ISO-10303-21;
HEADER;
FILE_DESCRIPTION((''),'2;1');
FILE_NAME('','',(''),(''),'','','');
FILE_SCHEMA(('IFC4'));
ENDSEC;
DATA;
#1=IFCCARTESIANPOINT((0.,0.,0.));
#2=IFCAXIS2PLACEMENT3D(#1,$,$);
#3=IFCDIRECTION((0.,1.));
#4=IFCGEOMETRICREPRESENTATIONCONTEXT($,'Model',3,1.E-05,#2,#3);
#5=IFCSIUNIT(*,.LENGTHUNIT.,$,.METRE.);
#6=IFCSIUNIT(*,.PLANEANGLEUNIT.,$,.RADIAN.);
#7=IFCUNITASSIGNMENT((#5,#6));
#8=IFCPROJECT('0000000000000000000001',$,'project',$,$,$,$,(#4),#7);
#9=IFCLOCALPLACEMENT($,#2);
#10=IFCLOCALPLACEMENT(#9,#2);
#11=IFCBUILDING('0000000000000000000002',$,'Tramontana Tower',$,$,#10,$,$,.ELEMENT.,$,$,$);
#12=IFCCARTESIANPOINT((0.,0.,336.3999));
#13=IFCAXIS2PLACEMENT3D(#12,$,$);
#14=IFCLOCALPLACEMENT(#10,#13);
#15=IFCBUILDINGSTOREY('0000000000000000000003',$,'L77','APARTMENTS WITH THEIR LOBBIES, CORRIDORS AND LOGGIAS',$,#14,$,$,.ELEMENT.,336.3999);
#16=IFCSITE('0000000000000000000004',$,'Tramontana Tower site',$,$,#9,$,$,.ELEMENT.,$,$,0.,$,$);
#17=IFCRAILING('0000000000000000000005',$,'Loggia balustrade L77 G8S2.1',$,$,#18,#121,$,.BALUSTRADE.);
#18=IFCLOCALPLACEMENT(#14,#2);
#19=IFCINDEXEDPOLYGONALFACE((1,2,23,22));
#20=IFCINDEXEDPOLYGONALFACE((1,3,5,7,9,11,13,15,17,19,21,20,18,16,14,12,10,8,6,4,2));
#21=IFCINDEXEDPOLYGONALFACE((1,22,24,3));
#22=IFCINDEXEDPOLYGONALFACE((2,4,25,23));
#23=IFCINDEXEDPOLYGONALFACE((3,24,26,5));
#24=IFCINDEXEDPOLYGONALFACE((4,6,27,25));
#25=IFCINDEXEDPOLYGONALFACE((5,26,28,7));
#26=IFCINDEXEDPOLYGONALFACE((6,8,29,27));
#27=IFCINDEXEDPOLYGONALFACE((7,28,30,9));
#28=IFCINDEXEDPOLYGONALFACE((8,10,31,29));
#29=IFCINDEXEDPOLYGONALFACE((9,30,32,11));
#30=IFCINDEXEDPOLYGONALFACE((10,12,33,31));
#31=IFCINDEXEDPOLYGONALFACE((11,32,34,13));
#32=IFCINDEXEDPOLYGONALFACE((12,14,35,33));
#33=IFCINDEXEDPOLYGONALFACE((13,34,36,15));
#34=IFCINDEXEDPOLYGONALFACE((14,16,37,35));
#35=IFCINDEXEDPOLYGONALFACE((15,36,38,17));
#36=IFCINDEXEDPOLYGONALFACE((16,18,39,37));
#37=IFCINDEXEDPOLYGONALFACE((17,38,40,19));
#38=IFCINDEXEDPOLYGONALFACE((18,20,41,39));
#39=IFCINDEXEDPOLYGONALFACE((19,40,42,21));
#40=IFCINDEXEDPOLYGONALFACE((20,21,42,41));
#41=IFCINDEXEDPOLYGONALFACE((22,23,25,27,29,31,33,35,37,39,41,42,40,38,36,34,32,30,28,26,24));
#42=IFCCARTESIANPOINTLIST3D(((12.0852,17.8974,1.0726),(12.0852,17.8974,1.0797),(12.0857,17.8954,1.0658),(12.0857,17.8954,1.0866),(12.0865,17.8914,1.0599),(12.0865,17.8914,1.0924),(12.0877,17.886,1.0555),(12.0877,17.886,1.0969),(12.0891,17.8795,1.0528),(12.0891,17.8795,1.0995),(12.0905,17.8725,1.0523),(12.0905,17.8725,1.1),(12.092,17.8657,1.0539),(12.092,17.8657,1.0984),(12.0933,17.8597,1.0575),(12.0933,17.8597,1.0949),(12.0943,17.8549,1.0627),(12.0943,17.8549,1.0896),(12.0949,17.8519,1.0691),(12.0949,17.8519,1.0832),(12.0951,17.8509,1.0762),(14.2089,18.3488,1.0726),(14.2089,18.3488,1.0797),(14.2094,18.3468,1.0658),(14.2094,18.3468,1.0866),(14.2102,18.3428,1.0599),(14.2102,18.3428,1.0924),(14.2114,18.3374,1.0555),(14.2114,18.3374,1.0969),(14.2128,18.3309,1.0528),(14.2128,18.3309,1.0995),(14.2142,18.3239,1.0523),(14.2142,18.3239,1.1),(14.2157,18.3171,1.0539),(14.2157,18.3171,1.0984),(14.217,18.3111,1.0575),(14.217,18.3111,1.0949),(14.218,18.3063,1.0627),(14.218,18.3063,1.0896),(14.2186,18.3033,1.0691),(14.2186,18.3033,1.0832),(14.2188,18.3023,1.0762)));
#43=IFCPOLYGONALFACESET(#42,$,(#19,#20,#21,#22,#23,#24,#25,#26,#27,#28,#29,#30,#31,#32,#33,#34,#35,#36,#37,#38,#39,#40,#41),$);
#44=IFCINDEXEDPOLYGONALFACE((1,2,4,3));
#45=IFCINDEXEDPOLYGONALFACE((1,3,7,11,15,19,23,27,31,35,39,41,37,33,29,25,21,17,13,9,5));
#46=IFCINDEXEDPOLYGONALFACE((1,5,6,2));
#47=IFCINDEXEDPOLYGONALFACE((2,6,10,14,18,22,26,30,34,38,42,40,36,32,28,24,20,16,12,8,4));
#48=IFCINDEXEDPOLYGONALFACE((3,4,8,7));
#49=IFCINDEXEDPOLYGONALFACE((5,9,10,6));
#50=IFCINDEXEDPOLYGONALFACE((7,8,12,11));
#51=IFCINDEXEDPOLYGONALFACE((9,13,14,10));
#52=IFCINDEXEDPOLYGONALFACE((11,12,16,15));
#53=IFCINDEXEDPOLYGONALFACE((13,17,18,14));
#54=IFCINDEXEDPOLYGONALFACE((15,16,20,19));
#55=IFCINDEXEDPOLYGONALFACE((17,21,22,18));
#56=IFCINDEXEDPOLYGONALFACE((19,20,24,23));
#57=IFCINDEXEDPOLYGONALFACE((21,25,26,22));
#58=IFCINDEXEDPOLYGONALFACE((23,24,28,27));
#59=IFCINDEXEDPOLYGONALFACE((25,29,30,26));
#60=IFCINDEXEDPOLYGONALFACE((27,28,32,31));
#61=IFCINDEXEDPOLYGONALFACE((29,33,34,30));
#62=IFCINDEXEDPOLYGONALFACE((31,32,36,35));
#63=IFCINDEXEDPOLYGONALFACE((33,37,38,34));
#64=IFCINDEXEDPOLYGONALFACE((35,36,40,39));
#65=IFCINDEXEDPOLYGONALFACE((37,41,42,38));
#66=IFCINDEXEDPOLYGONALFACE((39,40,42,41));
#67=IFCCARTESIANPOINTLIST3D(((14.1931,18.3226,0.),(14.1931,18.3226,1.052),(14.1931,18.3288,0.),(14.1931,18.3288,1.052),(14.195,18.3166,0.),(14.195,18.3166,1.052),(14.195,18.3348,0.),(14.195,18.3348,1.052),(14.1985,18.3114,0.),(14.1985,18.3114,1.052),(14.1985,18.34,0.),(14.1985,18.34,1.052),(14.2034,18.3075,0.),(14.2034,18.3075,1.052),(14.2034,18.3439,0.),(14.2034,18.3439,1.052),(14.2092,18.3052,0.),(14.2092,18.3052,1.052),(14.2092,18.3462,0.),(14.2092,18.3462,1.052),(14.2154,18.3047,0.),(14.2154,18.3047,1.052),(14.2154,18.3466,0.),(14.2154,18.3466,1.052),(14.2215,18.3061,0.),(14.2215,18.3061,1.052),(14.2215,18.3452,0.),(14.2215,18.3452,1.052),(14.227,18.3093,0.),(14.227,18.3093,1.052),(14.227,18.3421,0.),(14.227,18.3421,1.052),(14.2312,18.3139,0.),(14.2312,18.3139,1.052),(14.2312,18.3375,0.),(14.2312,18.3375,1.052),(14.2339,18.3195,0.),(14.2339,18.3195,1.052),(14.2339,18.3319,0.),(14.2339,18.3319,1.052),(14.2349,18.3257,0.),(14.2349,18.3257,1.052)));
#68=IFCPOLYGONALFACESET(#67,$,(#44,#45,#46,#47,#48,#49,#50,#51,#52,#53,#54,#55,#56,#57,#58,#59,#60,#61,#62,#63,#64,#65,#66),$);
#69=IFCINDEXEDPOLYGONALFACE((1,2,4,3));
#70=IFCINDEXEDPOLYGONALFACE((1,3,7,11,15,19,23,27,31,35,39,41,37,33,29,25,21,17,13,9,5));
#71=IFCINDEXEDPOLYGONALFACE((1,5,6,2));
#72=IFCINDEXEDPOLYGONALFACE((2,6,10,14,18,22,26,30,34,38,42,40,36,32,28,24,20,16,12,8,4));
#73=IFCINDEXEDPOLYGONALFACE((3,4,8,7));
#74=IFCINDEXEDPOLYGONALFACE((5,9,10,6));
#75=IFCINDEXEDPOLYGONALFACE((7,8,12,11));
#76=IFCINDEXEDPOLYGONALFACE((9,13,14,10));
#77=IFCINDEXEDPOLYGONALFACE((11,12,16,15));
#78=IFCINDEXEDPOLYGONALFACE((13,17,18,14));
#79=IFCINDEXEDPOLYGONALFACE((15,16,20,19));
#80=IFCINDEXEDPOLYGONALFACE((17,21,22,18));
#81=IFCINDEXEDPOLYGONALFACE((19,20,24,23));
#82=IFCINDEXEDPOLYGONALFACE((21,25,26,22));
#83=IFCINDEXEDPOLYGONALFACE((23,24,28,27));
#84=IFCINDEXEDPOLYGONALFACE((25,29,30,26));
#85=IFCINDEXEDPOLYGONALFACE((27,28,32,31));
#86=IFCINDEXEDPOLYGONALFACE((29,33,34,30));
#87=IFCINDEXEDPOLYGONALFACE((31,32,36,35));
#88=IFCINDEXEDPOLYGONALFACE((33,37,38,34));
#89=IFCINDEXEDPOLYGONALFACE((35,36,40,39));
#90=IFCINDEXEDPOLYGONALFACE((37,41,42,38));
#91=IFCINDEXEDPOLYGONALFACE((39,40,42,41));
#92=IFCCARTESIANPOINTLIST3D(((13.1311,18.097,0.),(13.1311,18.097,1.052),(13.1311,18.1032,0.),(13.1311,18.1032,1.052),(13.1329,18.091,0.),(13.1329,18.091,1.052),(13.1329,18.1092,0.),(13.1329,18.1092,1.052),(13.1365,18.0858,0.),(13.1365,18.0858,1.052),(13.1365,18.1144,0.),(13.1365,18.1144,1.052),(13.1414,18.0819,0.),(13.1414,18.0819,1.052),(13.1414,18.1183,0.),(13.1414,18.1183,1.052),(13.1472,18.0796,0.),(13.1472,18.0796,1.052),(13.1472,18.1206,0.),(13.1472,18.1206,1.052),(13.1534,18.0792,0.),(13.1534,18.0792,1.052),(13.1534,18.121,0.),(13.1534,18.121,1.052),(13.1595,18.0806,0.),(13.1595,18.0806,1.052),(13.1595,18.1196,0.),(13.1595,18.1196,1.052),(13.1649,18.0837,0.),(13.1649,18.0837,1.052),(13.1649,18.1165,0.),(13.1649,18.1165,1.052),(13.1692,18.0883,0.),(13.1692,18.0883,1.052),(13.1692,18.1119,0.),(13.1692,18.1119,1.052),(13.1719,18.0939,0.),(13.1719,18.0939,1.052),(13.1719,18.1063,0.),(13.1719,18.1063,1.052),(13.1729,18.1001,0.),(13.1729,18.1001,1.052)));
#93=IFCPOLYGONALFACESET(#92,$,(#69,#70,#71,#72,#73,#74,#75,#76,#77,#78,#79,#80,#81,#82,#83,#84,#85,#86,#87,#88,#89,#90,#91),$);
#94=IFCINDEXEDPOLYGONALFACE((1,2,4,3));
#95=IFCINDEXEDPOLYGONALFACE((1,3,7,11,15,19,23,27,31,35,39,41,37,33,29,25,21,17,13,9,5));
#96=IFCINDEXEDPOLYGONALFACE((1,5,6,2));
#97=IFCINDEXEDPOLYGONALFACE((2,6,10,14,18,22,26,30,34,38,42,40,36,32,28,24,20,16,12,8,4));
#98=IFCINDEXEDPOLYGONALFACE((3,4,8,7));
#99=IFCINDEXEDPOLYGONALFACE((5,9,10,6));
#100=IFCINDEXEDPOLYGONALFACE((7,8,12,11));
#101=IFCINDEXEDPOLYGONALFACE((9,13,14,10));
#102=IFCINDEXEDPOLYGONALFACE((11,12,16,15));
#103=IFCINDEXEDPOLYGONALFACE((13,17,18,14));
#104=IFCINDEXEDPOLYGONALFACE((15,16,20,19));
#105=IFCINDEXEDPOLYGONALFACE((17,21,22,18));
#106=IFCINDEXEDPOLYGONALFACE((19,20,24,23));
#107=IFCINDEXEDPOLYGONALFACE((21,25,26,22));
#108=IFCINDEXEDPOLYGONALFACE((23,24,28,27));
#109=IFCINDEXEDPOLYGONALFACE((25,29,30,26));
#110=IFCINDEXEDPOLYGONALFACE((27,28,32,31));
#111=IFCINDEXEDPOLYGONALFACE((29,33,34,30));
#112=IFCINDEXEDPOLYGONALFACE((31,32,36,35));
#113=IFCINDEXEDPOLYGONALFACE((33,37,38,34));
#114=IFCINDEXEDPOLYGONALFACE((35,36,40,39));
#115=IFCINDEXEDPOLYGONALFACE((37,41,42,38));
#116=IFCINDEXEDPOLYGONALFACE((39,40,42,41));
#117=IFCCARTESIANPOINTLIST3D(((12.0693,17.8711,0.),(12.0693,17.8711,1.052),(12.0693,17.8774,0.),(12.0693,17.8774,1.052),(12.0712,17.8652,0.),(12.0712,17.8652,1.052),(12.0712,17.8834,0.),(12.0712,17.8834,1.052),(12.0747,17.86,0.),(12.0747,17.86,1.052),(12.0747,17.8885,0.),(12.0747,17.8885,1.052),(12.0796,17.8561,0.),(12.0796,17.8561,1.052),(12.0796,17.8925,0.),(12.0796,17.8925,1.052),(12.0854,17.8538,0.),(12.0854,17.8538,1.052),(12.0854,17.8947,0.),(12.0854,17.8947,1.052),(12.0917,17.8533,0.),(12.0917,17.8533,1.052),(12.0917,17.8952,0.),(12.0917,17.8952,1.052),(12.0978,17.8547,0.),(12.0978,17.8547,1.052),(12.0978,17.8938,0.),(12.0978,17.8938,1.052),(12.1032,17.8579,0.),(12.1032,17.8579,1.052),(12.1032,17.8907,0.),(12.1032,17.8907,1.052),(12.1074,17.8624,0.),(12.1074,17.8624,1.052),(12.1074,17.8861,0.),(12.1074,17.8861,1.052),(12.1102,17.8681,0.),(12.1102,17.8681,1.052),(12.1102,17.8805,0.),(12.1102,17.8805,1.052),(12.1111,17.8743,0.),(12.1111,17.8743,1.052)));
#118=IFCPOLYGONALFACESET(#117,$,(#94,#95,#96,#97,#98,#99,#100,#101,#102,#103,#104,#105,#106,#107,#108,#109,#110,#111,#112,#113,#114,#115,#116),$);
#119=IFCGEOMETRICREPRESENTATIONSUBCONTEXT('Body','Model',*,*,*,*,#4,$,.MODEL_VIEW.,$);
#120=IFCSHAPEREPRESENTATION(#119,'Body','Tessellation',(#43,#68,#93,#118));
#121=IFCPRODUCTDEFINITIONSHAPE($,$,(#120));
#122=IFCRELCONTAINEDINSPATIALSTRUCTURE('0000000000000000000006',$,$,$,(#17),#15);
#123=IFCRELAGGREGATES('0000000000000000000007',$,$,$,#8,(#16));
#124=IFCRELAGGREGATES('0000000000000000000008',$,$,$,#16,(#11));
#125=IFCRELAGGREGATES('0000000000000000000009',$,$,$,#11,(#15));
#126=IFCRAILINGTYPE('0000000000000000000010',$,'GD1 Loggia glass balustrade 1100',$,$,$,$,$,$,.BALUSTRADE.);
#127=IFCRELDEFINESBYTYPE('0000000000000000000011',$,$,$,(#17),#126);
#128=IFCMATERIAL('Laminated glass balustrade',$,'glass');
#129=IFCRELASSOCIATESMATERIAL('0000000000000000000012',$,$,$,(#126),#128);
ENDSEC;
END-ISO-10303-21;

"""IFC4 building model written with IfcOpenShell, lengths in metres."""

from ifc_helpers import new_model, si_unit, direction, frame, origin, origin_2d, place, context, subcontext, project, spatial, circle, extrude, material, type_object, element, save


model = new_model("IFC4")

# Units and contexts
model_context = context("Model", 3, precision=1e-05, world=origin(), true_north=direction((0.0, 1.0)))
body_context = subcontext(model_context, "Body", "Model", "MODEL_VIEW")
ifc_project = project(units=[si_unit("LENGTHUNIT", "METRE"), si_unit("PLANEANGLEUNIT", "RADIAN")], contexts=[model_context])

# Site, building, storey
site_placement = place(None, origin())
site = spatial("IfcSite", under=ifc_project, at=site_placement, Name="Tramontana Tower site", CompositionType="ELEMENT", RefElevation=0.0)
building_placement = place(site_placement, origin())
building = spatial("IfcBuilding", under=site, at=building_placement, Name="Tramontana Tower", CompositionType="ELEMENT")
storey_placement = place(building_placement, frame((0.0, 0.0, 336.3999)))
storey = spatial("IfcBuildingStorey", under=building, at=storey_placement, Name="L77", Description="APARTMENTS WITH THEIR LOBBIES, CORRIDORS AND LOGGIAS", CompositionType="ELEMENT", Elevation=336.3999)

# Railing
ifc_material_1 = material(Name="Laminated glass balustrade", Category="glass")
railing_type = type_object("IfcRailingType", Name="GD1 Loggia glass balustrade 1100", PredefinedType="BALUSTRADE", material=ifc_material_1)
railing_1_placement = place(storey_placement, frame((14.2139, 18.3257, 0.0)))
element("IfcRailing", 1, at=railing_1_placement, inside=storey, type_object=railing_type, Name="Loggia balustrade L77 G8S2.1", PredefinedType="BALUSTRADE", context=body_context, shape_type="SweptSolid", body=[
    extrude(circle(Radius=0.0239, at=origin_2d()), frame((0.0, 0.0, 1.0762), z_axis=(-0.978148, -0.207909, 0.0), x_axis=(0.207909, -0.978148, 0.0)), (0.0, 0.0, 1.0), 2.1711),
    extrude(circle(Radius=0.021, at=origin_2d()), origin(), (0.0, 0.0, 1.0), 1.052),
    extrude(circle(Radius=0.021, at=origin_2d()), frame((-1.062, -0.2256, 0.0)), (0.0, 0.0, 1.0), 1.052),
    extrude(circle(Radius=0.021, at=origin_2d()), frame((-2.1238, -0.4514, 0.0)), (0.0, 0.0, 1.0), 1.052),
])

save(model, "model.ifc")
